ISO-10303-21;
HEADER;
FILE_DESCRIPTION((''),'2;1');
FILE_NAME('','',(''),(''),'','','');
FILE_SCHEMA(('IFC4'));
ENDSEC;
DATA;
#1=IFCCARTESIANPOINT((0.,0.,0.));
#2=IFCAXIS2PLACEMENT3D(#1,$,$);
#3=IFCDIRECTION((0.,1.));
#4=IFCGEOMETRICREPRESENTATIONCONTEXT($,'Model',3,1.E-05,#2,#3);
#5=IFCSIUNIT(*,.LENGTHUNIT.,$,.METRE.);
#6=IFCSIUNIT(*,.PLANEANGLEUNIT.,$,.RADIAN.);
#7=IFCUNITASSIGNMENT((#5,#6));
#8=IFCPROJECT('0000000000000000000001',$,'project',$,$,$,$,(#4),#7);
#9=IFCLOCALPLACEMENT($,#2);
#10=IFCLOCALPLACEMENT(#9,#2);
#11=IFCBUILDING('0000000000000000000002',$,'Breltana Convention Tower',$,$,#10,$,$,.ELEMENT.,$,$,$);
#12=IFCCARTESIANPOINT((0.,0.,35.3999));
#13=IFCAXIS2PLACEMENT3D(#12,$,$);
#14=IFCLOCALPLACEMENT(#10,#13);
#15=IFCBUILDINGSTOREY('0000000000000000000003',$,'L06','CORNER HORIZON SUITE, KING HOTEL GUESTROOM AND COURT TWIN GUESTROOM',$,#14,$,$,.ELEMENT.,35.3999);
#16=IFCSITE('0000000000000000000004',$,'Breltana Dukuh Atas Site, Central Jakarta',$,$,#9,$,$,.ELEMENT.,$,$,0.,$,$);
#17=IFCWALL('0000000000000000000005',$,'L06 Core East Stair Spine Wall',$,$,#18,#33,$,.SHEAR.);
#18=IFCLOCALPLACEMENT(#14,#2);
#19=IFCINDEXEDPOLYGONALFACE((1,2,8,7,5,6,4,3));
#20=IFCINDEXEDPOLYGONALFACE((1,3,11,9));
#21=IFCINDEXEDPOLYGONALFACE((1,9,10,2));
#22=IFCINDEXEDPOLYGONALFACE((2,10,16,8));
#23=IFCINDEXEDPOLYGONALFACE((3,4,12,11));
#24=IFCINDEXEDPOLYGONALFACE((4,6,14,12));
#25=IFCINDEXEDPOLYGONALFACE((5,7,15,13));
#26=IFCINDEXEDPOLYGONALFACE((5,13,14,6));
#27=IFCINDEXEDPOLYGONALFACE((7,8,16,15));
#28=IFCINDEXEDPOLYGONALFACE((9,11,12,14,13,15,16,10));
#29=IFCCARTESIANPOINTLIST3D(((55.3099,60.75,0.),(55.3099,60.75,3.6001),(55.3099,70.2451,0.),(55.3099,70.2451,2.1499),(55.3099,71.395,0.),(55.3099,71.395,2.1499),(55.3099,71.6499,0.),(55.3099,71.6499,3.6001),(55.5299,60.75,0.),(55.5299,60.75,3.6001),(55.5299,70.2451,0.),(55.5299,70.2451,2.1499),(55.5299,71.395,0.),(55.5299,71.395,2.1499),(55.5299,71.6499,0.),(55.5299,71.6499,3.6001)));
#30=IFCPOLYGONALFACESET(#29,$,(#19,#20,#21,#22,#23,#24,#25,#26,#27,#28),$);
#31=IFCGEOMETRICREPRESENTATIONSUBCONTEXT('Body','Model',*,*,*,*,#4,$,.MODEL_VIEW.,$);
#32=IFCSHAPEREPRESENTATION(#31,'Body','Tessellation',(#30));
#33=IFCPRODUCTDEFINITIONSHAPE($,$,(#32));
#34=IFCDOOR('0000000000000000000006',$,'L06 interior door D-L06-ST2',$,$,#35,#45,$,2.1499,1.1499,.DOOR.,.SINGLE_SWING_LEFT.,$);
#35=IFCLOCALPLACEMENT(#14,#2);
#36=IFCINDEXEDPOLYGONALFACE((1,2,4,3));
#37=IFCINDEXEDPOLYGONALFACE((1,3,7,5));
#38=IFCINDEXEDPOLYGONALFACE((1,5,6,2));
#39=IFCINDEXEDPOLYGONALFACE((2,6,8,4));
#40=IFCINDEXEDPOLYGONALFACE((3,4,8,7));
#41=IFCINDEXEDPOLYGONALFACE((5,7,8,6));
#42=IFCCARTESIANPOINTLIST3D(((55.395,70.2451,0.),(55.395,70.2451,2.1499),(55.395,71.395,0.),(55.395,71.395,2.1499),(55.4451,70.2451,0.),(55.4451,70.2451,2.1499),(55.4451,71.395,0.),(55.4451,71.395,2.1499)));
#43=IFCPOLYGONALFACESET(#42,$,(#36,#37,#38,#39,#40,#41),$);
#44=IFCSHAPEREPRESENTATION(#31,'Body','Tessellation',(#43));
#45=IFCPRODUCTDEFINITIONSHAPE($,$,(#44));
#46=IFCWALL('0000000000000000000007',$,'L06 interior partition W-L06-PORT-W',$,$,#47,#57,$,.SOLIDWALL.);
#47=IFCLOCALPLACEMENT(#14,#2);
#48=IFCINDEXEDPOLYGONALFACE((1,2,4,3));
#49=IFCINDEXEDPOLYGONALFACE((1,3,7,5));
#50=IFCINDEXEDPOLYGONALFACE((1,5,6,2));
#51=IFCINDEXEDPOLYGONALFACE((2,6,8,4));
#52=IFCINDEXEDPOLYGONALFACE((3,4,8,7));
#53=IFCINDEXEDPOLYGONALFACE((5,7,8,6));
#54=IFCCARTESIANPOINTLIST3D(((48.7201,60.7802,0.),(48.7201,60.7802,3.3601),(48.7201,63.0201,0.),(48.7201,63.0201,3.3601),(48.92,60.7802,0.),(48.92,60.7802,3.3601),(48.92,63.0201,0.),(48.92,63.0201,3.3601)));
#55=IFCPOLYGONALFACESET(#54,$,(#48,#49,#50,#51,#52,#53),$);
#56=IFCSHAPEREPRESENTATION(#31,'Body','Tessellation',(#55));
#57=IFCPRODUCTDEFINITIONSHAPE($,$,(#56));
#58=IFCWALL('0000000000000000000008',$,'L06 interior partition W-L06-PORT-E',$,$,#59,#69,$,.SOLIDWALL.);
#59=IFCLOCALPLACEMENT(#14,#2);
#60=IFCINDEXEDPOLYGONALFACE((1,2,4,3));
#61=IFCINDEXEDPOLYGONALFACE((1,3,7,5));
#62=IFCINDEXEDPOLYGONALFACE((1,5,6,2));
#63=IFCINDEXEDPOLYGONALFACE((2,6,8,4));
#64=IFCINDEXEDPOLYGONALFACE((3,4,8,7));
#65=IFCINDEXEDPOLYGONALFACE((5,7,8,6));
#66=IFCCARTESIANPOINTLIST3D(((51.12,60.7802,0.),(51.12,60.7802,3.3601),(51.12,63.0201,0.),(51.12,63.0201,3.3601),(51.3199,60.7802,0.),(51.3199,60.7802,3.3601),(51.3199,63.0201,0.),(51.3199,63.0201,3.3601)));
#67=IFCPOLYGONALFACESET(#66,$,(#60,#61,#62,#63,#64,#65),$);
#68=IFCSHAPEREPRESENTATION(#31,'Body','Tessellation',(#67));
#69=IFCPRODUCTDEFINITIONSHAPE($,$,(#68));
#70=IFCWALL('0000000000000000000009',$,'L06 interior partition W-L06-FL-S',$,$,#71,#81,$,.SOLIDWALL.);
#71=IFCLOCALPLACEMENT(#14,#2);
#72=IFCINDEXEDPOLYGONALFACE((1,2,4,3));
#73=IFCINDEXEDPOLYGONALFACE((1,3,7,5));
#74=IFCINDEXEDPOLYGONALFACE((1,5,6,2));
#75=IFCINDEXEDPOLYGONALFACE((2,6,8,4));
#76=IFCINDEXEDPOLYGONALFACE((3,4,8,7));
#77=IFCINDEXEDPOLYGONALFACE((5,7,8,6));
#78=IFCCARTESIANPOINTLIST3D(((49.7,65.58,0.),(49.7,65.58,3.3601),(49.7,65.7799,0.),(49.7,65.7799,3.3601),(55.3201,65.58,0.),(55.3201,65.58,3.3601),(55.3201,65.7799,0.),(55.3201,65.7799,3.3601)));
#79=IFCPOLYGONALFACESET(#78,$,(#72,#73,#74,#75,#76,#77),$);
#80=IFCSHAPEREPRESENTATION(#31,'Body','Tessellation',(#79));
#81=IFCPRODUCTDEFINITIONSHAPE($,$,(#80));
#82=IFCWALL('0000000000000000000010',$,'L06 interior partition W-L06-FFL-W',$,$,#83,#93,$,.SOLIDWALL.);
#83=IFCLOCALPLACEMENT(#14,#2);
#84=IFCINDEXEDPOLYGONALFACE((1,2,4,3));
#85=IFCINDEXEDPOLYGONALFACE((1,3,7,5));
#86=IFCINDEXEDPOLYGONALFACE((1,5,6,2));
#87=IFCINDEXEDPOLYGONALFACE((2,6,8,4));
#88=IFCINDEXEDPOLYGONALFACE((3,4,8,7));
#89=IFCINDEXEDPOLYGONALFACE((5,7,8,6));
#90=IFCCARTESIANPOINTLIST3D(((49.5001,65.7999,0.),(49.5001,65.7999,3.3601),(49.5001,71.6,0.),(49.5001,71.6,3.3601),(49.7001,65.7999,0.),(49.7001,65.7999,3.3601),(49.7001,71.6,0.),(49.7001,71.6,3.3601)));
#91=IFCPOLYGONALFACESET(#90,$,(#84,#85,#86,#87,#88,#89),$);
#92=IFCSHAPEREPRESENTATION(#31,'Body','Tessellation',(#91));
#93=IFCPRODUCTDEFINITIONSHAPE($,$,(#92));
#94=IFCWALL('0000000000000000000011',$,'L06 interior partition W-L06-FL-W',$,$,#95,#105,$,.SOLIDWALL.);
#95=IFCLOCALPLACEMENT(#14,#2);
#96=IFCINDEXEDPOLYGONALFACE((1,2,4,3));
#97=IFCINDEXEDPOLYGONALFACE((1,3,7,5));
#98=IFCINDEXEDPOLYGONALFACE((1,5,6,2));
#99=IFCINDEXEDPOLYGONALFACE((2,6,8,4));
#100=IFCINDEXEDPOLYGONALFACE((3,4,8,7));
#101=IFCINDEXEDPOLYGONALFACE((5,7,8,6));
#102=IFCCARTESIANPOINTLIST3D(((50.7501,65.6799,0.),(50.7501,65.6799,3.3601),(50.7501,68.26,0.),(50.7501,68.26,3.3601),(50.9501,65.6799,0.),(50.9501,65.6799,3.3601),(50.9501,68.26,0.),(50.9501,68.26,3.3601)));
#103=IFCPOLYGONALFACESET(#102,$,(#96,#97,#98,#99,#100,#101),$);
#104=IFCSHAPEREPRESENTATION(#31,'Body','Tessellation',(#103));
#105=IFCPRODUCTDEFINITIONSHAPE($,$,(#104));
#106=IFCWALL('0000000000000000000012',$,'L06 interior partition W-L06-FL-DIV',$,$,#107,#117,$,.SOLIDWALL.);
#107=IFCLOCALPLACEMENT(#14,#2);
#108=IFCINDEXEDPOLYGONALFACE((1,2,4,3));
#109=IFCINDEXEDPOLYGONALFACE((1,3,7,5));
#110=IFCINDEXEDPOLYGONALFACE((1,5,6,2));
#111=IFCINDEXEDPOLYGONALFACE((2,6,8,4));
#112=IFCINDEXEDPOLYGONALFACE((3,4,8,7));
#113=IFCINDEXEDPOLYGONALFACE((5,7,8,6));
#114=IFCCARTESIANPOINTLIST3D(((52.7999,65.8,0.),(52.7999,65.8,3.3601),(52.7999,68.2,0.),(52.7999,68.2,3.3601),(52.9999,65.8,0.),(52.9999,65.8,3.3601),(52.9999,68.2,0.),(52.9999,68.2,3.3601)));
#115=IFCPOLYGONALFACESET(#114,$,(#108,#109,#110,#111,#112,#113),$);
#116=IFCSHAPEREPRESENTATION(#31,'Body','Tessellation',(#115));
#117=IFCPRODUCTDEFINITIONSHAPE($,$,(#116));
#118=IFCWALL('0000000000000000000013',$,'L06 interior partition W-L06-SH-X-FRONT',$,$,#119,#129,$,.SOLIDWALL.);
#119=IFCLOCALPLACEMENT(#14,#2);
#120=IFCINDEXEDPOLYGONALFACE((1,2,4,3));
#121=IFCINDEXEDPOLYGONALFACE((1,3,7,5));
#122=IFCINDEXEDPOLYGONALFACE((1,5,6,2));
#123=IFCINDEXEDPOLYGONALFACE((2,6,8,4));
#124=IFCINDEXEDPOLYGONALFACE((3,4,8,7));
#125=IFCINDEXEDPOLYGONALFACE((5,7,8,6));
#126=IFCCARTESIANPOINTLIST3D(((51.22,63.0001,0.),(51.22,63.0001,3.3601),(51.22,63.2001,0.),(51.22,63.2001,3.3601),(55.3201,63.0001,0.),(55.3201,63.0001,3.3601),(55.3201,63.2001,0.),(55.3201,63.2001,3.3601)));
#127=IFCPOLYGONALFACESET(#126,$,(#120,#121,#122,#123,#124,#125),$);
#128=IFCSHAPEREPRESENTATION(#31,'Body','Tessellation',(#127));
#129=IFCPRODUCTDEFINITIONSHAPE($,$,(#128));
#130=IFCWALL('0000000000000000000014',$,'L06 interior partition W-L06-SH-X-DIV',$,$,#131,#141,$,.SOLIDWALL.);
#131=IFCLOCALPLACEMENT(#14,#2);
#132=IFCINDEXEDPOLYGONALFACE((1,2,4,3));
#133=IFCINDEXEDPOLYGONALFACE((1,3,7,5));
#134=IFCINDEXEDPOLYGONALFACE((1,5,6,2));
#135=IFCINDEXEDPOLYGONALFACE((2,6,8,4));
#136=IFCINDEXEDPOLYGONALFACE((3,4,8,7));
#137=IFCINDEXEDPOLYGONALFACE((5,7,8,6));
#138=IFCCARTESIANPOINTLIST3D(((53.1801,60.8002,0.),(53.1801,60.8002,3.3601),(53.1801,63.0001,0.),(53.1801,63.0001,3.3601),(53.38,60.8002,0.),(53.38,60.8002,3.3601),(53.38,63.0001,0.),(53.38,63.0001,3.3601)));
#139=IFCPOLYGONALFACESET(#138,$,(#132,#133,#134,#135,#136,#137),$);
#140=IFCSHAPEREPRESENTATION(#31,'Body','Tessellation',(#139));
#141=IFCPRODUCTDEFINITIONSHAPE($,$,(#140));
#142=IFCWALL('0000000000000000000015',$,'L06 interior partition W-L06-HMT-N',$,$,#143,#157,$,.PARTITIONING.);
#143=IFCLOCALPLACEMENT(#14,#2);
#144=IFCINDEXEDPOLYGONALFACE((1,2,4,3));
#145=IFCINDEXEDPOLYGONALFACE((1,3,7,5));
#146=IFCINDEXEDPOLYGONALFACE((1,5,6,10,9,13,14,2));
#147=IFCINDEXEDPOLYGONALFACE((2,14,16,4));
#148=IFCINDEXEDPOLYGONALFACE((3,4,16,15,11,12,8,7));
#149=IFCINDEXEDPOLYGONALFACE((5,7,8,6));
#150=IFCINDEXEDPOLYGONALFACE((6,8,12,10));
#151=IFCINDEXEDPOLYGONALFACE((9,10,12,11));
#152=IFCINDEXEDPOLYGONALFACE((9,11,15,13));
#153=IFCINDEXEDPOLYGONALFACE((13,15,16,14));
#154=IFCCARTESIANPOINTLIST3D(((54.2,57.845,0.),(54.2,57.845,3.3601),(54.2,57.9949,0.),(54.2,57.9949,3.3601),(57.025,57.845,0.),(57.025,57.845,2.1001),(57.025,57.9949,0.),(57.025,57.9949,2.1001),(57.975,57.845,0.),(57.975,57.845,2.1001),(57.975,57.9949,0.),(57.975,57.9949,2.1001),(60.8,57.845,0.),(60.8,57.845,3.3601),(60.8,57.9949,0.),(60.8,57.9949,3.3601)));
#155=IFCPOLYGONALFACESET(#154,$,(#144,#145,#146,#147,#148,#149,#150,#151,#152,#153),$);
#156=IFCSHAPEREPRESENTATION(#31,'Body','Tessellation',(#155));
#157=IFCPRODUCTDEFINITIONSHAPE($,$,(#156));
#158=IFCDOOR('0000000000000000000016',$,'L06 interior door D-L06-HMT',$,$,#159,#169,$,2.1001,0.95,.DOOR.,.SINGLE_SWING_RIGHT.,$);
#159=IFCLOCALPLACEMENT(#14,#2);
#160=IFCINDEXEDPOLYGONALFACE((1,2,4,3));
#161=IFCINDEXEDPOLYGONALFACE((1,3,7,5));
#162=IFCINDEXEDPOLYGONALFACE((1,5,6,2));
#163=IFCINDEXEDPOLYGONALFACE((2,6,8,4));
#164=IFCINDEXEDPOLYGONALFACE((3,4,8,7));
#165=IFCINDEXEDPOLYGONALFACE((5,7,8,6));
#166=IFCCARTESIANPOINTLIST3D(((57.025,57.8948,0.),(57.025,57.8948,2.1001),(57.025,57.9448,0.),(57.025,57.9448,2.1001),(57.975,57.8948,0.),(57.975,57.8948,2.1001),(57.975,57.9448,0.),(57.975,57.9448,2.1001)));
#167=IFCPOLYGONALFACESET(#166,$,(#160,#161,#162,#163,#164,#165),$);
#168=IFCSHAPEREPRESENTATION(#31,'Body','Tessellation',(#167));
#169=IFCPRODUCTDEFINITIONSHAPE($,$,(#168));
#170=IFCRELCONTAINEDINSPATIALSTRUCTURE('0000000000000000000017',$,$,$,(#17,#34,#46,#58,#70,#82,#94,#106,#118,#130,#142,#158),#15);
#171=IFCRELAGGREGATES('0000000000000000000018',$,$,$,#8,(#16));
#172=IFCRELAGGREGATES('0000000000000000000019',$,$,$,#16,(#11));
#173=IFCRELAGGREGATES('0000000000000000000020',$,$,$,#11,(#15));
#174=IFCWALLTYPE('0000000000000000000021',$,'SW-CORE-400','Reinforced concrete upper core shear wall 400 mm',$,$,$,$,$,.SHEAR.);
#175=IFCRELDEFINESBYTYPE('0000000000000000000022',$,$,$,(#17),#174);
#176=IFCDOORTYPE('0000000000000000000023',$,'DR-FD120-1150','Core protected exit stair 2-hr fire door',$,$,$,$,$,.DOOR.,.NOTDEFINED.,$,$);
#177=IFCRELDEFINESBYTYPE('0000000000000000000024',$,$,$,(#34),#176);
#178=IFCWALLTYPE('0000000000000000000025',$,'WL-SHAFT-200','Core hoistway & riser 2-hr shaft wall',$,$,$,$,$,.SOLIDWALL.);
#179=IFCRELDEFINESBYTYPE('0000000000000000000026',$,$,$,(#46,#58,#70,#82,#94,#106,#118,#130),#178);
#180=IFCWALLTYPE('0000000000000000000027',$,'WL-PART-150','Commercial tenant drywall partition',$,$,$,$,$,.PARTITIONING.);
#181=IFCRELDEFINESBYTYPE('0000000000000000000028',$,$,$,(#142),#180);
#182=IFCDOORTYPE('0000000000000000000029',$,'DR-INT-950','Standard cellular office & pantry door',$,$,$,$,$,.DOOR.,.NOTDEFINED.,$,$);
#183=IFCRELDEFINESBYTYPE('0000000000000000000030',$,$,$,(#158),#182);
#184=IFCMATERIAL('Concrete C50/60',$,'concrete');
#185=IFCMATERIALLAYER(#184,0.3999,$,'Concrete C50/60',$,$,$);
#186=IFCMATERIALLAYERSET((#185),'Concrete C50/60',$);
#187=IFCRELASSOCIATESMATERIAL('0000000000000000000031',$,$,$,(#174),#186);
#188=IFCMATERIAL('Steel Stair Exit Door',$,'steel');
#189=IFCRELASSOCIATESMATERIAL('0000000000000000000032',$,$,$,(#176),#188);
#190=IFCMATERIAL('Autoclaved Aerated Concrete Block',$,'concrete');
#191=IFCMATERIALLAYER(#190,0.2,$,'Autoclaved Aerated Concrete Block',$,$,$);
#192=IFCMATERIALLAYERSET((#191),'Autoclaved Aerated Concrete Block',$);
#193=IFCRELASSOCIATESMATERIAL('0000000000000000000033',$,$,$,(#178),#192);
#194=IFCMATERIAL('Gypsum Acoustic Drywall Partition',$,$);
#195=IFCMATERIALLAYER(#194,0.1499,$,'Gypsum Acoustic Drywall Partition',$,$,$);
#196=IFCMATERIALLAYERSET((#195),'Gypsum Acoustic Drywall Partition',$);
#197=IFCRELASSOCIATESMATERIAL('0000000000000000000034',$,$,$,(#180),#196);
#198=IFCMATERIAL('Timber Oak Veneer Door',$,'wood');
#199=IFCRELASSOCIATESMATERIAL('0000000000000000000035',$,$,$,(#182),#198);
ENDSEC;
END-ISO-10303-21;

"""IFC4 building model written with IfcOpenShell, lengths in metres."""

from ifc_helpers import new_model, si_unit, direction, frame, frame_2d, origin, place, context, subcontext, project, spatial, rectangle, extrude, source, transform, mapped, material, layer, layer_set, type_object, type_shapes, element, fill, save


model = new_model("IFC4")

# Units and contexts
model_context = context("Model", 3, precision=1e-05, world=origin(), true_north=direction((0.0, 1.0)))
body_context = subcontext(model_context, "Body", "Model", "MODEL_VIEW")
ifc_project = project(units=[si_unit("LENGTHUNIT", "METRE"), si_unit("PLANEANGLEUNIT", "RADIAN")], contexts=[model_context])

# Site, building, storey
site_placement = place(None, origin())
site = spatial("IfcSite", under=ifc_project, at=site_placement, Name="Breltana Dukuh Atas Site, Central Jakarta", CompositionType="ELEMENT", RefElevation=0.0)
building_placement = place(site_placement, origin())
building = spatial("IfcBuilding", under=site, at=building_placement, Name="Breltana Convention Tower", CompositionType="ELEMENT")
storey_placement = place(building_placement, frame((0.0, 0.0, 35.3999)))
storey = spatial("IfcBuildingStorey", under=building, at=storey_placement, Name="L06", Description="CORNER HORIZON SUITE, KING HOTEL GUESTROOM AND COURT TWIN GUESTROOM", CompositionType="ELEMENT", Elevation=35.3999)

# Shared definitions
ifc_material_1 = material(Name="Concrete C50/60", Category="concrete")
ifc_layer_1 = layer(ifc_material_1, 0.3999, Name="Concrete C50/60")
ifc_layer_set_1 = layer_set([ifc_layer_1], Name="Concrete C50/60")
wall_type_1 = type_object("IfcWallType", Name="SW-CORE-400", Description="Reinforced concrete upper core shear wall 400 mm", PredefinedType="SHEAR", material=ifc_layer_set_1)

# Wall, opening, door
shared_shape_1 = source(origin(), body_context, "Body", "SweptSolid", [
    extrude(rectangle(XDim=10.8999, YDim=0.22, at=frame_2d((5.45, 0.0))), origin(), (0.0, 0.0, 1.0), 3.6001),
])
wall_1_placement = place(storey_placement, frame((55.4199, 60.75, 0.0), z_axis=(0.0, 0.0, 1.0), x_axis=(0.0, 1.0, 0.0)))
wall_1 = element("IfcWall", 1, at=wall_1_placement, inside=storey, type_object=wall_type_1, Name="L06 Core East Stair Spine Wall", PredefinedType="SHEAR", context=body_context, shape_type="MappedRepresentation", body=[
    mapped(shared_shape_1, transform((0.0, 0.0, 0.0), scale=1.0)),
])
opening_1_placement = place(wall_1_placement, frame((9.4951, 0.0, 0.0)))
opening_1 = element("IfcOpeningElement", 2, at=opening_1_placement, cuts=wall_1, PredefinedType="OPENING", context=body_context, shape_type="SweptSolid", body=[
    extrude(rectangle(XDim=1.1499, YDim=2.1499, at=frame_2d((0.575, 1.075))), frame((0.0, 0.1201, 0.0), z_axis=(0.0, -1.0, 0.0), x_axis=(1.0, 0.0, 0.0)), (0.0, 0.0, 1.0), 0.24),
])
ifc_material_2 = material(Name="Steel Stair Exit Door", Category="steel")
door_type_1 = type_object("IfcDoorType", Name="DR-FD120-1150", Description="Core protected exit stair 2-hr fire door", OperationType="NOTDEFINED", PredefinedType="DOOR", material=ifc_material_2)
shared_shape_2 = source(origin(), body_context, "Body", "SweptSolid", [
    extrude(rectangle(XDim=1.1499, YDim=2.1499, at=frame_2d((0.575, 1.075))), frame((0.0, 0.0249, 0.0), z_axis=(0.0, -1.0, 0.0), x_axis=(1.0, 0.0, 0.0)), (0.0, 0.0, 1.0), 0.05),
])
type_shapes(door_type_1, [shared_shape_2])
door_1_placement = place(opening_1_placement, origin())
door_1 = element("IfcDoor", 3, at=door_1_placement, inside=storey, type_object=door_type_1, Name="L06 interior door D-L06-ST2", OperationType="SINGLE_SWING_LEFT", OverallHeight=2.1499, OverallWidth=1.1499, PredefinedType="DOOR", context=body_context, shape_type="MappedRepresentation", body=[
    mapped(shared_shape_2, transform((0.0, 0.0, 0.0), scale=1.0)),
])
fill(opening_1, door_1)

# Walls
ifc_material_3 = material(Name="Autoclaved Aerated Concrete Block", Category="concrete")
ifc_layer_2 = layer(ifc_material_3, 0.2, Name="Autoclaved Aerated Concrete Block")
ifc_layer_set_2 = layer_set([ifc_layer_2], Name="Autoclaved Aerated Concrete Block")
wall_type_2 = type_object("IfcWallType", Name="WL-SHAFT-200", Description="Core hoistway & riser 2-hr shaft wall", PredefinedType="SOLIDWALL", material=ifc_layer_set_2)
shared_shape_3 = source(origin(), body_context, "Body", "SweptSolid", [
    extrude(rectangle(XDim=2.24, YDim=0.2, at=frame_2d((1.1201, 0.0))), origin(), (0.0, 0.0, 1.0), 3.3601),
])
for number, where, z_axis, x_axis, name in (
    (4, (48.8201, 60.78, 0.0), (0.0, 0.0, 1.0), (0.0, 1.0, 0.0), "L06 interior partition W-L06-PORT-W"),
    (5, (51.22, 60.78, 0.0), (0.0, 0.0, 1.0), (0.0, 1.0, 0.0), "L06 interior partition W-L06-PORT-E"),
):
    element("IfcWall", number, at=place(storey_placement, frame(where, z_axis=z_axis, x_axis=x_axis)), inside=storey, type_object=wall_type_2, Name=name, PredefinedType="SOLIDWALL", context=body_context, shape_type="MappedRepresentation", body=[
        mapped(shared_shape_3, transform((0.0, 0.0, 0.0), scale=1.0)),
    ])

# Shared definitions
shared_shape_4 = source(origin(), body_context, "Body", "SweptSolid", [
    extrude(rectangle(XDim=5.6201, YDim=0.2, at=frame_2d((2.8101, 0.0))), origin(), (0.0, 0.0, 1.0), 3.3601),
])

# Walls
wall_2_placement = place(storey_placement, frame((49.7, 65.6799, 0.0), z_axis=(0.0, 0.0, 1.0), x_axis=(1.0, 0.0, 0.0)))
element("IfcWall", 6, at=wall_2_placement, inside=storey, type_object=wall_type_2, Name="L06 interior partition W-L06-FL-S", PredefinedType="SOLIDWALL", context=body_context, shape_type="MappedRepresentation", body=[
    mapped(shared_shape_4, transform((0.0, 0.0, 0.0), scale=1.0)),
])
shared_shape_5 = source(origin(), body_context, "Body", "SweptSolid", [
    extrude(rectangle(XDim=5.8, YDim=0.2, at=frame_2d((2.8999, 0.0))), origin(), (0.0, 0.0, 1.0), 3.3601),
])
wall_3_placement = place(storey_placement, frame((49.6001, 65.8, 0.0), z_axis=(0.0, 0.0, 1.0), x_axis=(0.0, 1.0, 0.0)))
element("IfcWall", 7, at=wall_3_placement, inside=storey, type_object=wall_type_2, Name="L06 interior partition W-L06-FFL-W", PredefinedType="SOLIDWALL", context=body_context, shape_type="MappedRepresentation", body=[
    mapped(shared_shape_5, transform((0.0, 0.0, 0.0), scale=1.0)),
])
shared_shape_6 = source(origin(), body_context, "Body", "SweptSolid", [
    extrude(rectangle(XDim=2.5801, YDim=0.2, at=frame_2d((1.29, 0.0))), origin(), (0.0, 0.0, 1.0), 3.3601),
])
wall_4_placement = place(storey_placement, frame((50.8501, 65.6799, 0.0), z_axis=(0.0, 0.0, 1.0), x_axis=(0.0, 1.0, 0.0)))
element("IfcWall", 8, at=wall_4_placement, inside=storey, type_object=wall_type_2, Name="L06 interior partition W-L06-FL-W", PredefinedType="SOLIDWALL", context=body_context, shape_type="MappedRepresentation", body=[
    mapped(shared_shape_6, transform((0.0, 0.0, 0.0), scale=1.0)),
])
shared_shape_7 = source(origin(), body_context, "Body", "SweptSolid", [
    extrude(rectangle(XDim=2.3999, YDim=0.2, at=frame_2d((1.2, 0.0))), origin(), (0.0, 0.0, 1.0), 3.3601),
])
wall_5_placement = place(storey_placement, frame((52.8999, 65.8, 0.0), z_axis=(0.0, 0.0, 1.0), x_axis=(0.0, 1.0, 0.0)))
element("IfcWall", 9, at=wall_5_placement, inside=storey, type_object=wall_type_2, Name="L06 interior partition W-L06-FL-DIV", PredefinedType="SOLIDWALL", context=body_context, shape_type="MappedRepresentation", body=[
    mapped(shared_shape_7, transform((0.0, 0.0, 0.0), scale=1.0)),
])
shared_shape_8 = source(origin(), body_context, "Body", "SweptSolid", [
    extrude(rectangle(XDim=4.1001, YDim=0.2, at=frame_2d((2.05, 0.0))), origin(), (0.0, 0.0, 1.0), 3.3601),
])
wall_6_placement = place(storey_placement, frame((51.22, 63.1001, 0.0), z_axis=(0.0, 0.0, 1.0), x_axis=(1.0, 0.0, 0.0)))
element("IfcWall", 10, at=wall_6_placement, inside=storey, type_object=wall_type_2, Name="L06 interior partition W-L06-SH-X-FRONT", PredefinedType="SOLIDWALL", context=body_context, shape_type="MappedRepresentation", body=[
    mapped(shared_shape_8, transform((0.0, 0.0, 0.0), scale=1.0)),
])
shared_shape_9 = source(origin(), body_context, "Body", "SweptSolid", [
    extrude(rectangle(XDim=2.2, YDim=0.2, at=frame_2d((1.1001, 0.0))), origin(), (0.0, 0.0, 1.0), 3.3601),
])
wall_7_placement = place(storey_placement, frame((53.28, 60.8, 0.0), z_axis=(0.0, 0.0, 1.0), x_axis=(0.0, 1.0, 0.0)))
element("IfcWall", 11, at=wall_7_placement, inside=storey, type_object=wall_type_2, Name="L06 interior partition W-L06-SH-X-DIV", PredefinedType="SOLIDWALL", context=body_context, shape_type="MappedRepresentation", body=[
    mapped(shared_shape_9, transform((0.0, 0.0, 0.0), scale=1.0)),
])

# Wall, opening, door
ifc_material_4 = material(Name="Gypsum Acoustic Drywall Partition")
ifc_layer_3 = layer(ifc_material_4, 0.1499, Name="Gypsum Acoustic Drywall Partition")
ifc_layer_set_3 = layer_set([ifc_layer_3], Name="Gypsum Acoustic Drywall Partition")
wall_type_3 = type_object("IfcWallType", Name="WL-PART-150", Description="Commercial tenant drywall partition", PredefinedType="PARTITIONING", material=ifc_layer_set_3)
shared_shape_10 = source(origin(), body_context, "Body", "SweptSolid", [
    extrude(rectangle(XDim=6.6001, YDim=0.1499, at=frame_2d((3.3, 0.0))), origin(), (0.0, 0.0, 1.0), 3.3601),
])
wall_8_placement = place(storey_placement, frame((54.2, 57.9199, 0.0), z_axis=(0.0, 0.0, 1.0), x_axis=(1.0, 0.0, 0.0)))
wall_8 = element("IfcWall", 12, at=wall_8_placement, inside=storey, type_object=wall_type_3, Name="L06 interior partition W-L06-HMT-N", PredefinedType="PARTITIONING", context=body_context, shape_type="MappedRepresentation", body=[
    mapped(shared_shape_10, transform((0.0, 0.0, 0.0), scale=1.0)),
])
opening_2_placement = place(wall_8_placement, frame((2.825, 0.0, 0.0)))
opening_2 = element("IfcOpeningElement", 13, at=opening_2_placement, cuts=wall_8, PredefinedType="OPENING", context=body_context, shape_type="SweptSolid", body=[
    extrude(rectangle(XDim=0.95, YDim=2.1001, at=frame_2d((0.4751, 1.05))), frame((0.0, 0.085, 0.0), z_axis=(0.0, -1.0, 0.0), x_axis=(1.0, 0.0, 0.0)), (0.0, 0.0, 1.0), 0.1699),
])
ifc_material_5 = material(Name="Timber Oak Veneer Door", Category="wood")
door_type_2 = type_object("IfcDoorType", Name="DR-INT-950", Description="Standard cellular office & pantry door", OperationType="NOTDEFINED", PredefinedType="DOOR", material=ifc_material_5)
shared_shape_11 = source(origin(), body_context, "Body", "SweptSolid", [
    extrude(rectangle(XDim=0.95, YDim=2.1001, at=frame_2d((0.4751, 1.05))), frame((0.0, 0.0249, 0.0), z_axis=(0.0, -1.0, 0.0), x_axis=(1.0, 0.0, 0.0)), (0.0, 0.0, 1.0), 0.05),
])
type_shapes(door_type_2, [shared_shape_11])
door_2_placement = place(opening_2_placement, origin())
door_2 = element("IfcDoor", 14, at=door_2_placement, inside=storey, type_object=door_type_2, Name="L06 interior door D-L06-HMT", OperationType="SINGLE_SWING_RIGHT", OverallHeight=2.1001, OverallWidth=0.95, PredefinedType="DOOR", context=body_context, shape_type="MappedRepresentation", body=[
    mapped(shared_shape_11, transform((0.0, 0.0, 0.0), scale=1.0)),
])
fill(opening_2, door_2)

save(model, "model.ifc")
